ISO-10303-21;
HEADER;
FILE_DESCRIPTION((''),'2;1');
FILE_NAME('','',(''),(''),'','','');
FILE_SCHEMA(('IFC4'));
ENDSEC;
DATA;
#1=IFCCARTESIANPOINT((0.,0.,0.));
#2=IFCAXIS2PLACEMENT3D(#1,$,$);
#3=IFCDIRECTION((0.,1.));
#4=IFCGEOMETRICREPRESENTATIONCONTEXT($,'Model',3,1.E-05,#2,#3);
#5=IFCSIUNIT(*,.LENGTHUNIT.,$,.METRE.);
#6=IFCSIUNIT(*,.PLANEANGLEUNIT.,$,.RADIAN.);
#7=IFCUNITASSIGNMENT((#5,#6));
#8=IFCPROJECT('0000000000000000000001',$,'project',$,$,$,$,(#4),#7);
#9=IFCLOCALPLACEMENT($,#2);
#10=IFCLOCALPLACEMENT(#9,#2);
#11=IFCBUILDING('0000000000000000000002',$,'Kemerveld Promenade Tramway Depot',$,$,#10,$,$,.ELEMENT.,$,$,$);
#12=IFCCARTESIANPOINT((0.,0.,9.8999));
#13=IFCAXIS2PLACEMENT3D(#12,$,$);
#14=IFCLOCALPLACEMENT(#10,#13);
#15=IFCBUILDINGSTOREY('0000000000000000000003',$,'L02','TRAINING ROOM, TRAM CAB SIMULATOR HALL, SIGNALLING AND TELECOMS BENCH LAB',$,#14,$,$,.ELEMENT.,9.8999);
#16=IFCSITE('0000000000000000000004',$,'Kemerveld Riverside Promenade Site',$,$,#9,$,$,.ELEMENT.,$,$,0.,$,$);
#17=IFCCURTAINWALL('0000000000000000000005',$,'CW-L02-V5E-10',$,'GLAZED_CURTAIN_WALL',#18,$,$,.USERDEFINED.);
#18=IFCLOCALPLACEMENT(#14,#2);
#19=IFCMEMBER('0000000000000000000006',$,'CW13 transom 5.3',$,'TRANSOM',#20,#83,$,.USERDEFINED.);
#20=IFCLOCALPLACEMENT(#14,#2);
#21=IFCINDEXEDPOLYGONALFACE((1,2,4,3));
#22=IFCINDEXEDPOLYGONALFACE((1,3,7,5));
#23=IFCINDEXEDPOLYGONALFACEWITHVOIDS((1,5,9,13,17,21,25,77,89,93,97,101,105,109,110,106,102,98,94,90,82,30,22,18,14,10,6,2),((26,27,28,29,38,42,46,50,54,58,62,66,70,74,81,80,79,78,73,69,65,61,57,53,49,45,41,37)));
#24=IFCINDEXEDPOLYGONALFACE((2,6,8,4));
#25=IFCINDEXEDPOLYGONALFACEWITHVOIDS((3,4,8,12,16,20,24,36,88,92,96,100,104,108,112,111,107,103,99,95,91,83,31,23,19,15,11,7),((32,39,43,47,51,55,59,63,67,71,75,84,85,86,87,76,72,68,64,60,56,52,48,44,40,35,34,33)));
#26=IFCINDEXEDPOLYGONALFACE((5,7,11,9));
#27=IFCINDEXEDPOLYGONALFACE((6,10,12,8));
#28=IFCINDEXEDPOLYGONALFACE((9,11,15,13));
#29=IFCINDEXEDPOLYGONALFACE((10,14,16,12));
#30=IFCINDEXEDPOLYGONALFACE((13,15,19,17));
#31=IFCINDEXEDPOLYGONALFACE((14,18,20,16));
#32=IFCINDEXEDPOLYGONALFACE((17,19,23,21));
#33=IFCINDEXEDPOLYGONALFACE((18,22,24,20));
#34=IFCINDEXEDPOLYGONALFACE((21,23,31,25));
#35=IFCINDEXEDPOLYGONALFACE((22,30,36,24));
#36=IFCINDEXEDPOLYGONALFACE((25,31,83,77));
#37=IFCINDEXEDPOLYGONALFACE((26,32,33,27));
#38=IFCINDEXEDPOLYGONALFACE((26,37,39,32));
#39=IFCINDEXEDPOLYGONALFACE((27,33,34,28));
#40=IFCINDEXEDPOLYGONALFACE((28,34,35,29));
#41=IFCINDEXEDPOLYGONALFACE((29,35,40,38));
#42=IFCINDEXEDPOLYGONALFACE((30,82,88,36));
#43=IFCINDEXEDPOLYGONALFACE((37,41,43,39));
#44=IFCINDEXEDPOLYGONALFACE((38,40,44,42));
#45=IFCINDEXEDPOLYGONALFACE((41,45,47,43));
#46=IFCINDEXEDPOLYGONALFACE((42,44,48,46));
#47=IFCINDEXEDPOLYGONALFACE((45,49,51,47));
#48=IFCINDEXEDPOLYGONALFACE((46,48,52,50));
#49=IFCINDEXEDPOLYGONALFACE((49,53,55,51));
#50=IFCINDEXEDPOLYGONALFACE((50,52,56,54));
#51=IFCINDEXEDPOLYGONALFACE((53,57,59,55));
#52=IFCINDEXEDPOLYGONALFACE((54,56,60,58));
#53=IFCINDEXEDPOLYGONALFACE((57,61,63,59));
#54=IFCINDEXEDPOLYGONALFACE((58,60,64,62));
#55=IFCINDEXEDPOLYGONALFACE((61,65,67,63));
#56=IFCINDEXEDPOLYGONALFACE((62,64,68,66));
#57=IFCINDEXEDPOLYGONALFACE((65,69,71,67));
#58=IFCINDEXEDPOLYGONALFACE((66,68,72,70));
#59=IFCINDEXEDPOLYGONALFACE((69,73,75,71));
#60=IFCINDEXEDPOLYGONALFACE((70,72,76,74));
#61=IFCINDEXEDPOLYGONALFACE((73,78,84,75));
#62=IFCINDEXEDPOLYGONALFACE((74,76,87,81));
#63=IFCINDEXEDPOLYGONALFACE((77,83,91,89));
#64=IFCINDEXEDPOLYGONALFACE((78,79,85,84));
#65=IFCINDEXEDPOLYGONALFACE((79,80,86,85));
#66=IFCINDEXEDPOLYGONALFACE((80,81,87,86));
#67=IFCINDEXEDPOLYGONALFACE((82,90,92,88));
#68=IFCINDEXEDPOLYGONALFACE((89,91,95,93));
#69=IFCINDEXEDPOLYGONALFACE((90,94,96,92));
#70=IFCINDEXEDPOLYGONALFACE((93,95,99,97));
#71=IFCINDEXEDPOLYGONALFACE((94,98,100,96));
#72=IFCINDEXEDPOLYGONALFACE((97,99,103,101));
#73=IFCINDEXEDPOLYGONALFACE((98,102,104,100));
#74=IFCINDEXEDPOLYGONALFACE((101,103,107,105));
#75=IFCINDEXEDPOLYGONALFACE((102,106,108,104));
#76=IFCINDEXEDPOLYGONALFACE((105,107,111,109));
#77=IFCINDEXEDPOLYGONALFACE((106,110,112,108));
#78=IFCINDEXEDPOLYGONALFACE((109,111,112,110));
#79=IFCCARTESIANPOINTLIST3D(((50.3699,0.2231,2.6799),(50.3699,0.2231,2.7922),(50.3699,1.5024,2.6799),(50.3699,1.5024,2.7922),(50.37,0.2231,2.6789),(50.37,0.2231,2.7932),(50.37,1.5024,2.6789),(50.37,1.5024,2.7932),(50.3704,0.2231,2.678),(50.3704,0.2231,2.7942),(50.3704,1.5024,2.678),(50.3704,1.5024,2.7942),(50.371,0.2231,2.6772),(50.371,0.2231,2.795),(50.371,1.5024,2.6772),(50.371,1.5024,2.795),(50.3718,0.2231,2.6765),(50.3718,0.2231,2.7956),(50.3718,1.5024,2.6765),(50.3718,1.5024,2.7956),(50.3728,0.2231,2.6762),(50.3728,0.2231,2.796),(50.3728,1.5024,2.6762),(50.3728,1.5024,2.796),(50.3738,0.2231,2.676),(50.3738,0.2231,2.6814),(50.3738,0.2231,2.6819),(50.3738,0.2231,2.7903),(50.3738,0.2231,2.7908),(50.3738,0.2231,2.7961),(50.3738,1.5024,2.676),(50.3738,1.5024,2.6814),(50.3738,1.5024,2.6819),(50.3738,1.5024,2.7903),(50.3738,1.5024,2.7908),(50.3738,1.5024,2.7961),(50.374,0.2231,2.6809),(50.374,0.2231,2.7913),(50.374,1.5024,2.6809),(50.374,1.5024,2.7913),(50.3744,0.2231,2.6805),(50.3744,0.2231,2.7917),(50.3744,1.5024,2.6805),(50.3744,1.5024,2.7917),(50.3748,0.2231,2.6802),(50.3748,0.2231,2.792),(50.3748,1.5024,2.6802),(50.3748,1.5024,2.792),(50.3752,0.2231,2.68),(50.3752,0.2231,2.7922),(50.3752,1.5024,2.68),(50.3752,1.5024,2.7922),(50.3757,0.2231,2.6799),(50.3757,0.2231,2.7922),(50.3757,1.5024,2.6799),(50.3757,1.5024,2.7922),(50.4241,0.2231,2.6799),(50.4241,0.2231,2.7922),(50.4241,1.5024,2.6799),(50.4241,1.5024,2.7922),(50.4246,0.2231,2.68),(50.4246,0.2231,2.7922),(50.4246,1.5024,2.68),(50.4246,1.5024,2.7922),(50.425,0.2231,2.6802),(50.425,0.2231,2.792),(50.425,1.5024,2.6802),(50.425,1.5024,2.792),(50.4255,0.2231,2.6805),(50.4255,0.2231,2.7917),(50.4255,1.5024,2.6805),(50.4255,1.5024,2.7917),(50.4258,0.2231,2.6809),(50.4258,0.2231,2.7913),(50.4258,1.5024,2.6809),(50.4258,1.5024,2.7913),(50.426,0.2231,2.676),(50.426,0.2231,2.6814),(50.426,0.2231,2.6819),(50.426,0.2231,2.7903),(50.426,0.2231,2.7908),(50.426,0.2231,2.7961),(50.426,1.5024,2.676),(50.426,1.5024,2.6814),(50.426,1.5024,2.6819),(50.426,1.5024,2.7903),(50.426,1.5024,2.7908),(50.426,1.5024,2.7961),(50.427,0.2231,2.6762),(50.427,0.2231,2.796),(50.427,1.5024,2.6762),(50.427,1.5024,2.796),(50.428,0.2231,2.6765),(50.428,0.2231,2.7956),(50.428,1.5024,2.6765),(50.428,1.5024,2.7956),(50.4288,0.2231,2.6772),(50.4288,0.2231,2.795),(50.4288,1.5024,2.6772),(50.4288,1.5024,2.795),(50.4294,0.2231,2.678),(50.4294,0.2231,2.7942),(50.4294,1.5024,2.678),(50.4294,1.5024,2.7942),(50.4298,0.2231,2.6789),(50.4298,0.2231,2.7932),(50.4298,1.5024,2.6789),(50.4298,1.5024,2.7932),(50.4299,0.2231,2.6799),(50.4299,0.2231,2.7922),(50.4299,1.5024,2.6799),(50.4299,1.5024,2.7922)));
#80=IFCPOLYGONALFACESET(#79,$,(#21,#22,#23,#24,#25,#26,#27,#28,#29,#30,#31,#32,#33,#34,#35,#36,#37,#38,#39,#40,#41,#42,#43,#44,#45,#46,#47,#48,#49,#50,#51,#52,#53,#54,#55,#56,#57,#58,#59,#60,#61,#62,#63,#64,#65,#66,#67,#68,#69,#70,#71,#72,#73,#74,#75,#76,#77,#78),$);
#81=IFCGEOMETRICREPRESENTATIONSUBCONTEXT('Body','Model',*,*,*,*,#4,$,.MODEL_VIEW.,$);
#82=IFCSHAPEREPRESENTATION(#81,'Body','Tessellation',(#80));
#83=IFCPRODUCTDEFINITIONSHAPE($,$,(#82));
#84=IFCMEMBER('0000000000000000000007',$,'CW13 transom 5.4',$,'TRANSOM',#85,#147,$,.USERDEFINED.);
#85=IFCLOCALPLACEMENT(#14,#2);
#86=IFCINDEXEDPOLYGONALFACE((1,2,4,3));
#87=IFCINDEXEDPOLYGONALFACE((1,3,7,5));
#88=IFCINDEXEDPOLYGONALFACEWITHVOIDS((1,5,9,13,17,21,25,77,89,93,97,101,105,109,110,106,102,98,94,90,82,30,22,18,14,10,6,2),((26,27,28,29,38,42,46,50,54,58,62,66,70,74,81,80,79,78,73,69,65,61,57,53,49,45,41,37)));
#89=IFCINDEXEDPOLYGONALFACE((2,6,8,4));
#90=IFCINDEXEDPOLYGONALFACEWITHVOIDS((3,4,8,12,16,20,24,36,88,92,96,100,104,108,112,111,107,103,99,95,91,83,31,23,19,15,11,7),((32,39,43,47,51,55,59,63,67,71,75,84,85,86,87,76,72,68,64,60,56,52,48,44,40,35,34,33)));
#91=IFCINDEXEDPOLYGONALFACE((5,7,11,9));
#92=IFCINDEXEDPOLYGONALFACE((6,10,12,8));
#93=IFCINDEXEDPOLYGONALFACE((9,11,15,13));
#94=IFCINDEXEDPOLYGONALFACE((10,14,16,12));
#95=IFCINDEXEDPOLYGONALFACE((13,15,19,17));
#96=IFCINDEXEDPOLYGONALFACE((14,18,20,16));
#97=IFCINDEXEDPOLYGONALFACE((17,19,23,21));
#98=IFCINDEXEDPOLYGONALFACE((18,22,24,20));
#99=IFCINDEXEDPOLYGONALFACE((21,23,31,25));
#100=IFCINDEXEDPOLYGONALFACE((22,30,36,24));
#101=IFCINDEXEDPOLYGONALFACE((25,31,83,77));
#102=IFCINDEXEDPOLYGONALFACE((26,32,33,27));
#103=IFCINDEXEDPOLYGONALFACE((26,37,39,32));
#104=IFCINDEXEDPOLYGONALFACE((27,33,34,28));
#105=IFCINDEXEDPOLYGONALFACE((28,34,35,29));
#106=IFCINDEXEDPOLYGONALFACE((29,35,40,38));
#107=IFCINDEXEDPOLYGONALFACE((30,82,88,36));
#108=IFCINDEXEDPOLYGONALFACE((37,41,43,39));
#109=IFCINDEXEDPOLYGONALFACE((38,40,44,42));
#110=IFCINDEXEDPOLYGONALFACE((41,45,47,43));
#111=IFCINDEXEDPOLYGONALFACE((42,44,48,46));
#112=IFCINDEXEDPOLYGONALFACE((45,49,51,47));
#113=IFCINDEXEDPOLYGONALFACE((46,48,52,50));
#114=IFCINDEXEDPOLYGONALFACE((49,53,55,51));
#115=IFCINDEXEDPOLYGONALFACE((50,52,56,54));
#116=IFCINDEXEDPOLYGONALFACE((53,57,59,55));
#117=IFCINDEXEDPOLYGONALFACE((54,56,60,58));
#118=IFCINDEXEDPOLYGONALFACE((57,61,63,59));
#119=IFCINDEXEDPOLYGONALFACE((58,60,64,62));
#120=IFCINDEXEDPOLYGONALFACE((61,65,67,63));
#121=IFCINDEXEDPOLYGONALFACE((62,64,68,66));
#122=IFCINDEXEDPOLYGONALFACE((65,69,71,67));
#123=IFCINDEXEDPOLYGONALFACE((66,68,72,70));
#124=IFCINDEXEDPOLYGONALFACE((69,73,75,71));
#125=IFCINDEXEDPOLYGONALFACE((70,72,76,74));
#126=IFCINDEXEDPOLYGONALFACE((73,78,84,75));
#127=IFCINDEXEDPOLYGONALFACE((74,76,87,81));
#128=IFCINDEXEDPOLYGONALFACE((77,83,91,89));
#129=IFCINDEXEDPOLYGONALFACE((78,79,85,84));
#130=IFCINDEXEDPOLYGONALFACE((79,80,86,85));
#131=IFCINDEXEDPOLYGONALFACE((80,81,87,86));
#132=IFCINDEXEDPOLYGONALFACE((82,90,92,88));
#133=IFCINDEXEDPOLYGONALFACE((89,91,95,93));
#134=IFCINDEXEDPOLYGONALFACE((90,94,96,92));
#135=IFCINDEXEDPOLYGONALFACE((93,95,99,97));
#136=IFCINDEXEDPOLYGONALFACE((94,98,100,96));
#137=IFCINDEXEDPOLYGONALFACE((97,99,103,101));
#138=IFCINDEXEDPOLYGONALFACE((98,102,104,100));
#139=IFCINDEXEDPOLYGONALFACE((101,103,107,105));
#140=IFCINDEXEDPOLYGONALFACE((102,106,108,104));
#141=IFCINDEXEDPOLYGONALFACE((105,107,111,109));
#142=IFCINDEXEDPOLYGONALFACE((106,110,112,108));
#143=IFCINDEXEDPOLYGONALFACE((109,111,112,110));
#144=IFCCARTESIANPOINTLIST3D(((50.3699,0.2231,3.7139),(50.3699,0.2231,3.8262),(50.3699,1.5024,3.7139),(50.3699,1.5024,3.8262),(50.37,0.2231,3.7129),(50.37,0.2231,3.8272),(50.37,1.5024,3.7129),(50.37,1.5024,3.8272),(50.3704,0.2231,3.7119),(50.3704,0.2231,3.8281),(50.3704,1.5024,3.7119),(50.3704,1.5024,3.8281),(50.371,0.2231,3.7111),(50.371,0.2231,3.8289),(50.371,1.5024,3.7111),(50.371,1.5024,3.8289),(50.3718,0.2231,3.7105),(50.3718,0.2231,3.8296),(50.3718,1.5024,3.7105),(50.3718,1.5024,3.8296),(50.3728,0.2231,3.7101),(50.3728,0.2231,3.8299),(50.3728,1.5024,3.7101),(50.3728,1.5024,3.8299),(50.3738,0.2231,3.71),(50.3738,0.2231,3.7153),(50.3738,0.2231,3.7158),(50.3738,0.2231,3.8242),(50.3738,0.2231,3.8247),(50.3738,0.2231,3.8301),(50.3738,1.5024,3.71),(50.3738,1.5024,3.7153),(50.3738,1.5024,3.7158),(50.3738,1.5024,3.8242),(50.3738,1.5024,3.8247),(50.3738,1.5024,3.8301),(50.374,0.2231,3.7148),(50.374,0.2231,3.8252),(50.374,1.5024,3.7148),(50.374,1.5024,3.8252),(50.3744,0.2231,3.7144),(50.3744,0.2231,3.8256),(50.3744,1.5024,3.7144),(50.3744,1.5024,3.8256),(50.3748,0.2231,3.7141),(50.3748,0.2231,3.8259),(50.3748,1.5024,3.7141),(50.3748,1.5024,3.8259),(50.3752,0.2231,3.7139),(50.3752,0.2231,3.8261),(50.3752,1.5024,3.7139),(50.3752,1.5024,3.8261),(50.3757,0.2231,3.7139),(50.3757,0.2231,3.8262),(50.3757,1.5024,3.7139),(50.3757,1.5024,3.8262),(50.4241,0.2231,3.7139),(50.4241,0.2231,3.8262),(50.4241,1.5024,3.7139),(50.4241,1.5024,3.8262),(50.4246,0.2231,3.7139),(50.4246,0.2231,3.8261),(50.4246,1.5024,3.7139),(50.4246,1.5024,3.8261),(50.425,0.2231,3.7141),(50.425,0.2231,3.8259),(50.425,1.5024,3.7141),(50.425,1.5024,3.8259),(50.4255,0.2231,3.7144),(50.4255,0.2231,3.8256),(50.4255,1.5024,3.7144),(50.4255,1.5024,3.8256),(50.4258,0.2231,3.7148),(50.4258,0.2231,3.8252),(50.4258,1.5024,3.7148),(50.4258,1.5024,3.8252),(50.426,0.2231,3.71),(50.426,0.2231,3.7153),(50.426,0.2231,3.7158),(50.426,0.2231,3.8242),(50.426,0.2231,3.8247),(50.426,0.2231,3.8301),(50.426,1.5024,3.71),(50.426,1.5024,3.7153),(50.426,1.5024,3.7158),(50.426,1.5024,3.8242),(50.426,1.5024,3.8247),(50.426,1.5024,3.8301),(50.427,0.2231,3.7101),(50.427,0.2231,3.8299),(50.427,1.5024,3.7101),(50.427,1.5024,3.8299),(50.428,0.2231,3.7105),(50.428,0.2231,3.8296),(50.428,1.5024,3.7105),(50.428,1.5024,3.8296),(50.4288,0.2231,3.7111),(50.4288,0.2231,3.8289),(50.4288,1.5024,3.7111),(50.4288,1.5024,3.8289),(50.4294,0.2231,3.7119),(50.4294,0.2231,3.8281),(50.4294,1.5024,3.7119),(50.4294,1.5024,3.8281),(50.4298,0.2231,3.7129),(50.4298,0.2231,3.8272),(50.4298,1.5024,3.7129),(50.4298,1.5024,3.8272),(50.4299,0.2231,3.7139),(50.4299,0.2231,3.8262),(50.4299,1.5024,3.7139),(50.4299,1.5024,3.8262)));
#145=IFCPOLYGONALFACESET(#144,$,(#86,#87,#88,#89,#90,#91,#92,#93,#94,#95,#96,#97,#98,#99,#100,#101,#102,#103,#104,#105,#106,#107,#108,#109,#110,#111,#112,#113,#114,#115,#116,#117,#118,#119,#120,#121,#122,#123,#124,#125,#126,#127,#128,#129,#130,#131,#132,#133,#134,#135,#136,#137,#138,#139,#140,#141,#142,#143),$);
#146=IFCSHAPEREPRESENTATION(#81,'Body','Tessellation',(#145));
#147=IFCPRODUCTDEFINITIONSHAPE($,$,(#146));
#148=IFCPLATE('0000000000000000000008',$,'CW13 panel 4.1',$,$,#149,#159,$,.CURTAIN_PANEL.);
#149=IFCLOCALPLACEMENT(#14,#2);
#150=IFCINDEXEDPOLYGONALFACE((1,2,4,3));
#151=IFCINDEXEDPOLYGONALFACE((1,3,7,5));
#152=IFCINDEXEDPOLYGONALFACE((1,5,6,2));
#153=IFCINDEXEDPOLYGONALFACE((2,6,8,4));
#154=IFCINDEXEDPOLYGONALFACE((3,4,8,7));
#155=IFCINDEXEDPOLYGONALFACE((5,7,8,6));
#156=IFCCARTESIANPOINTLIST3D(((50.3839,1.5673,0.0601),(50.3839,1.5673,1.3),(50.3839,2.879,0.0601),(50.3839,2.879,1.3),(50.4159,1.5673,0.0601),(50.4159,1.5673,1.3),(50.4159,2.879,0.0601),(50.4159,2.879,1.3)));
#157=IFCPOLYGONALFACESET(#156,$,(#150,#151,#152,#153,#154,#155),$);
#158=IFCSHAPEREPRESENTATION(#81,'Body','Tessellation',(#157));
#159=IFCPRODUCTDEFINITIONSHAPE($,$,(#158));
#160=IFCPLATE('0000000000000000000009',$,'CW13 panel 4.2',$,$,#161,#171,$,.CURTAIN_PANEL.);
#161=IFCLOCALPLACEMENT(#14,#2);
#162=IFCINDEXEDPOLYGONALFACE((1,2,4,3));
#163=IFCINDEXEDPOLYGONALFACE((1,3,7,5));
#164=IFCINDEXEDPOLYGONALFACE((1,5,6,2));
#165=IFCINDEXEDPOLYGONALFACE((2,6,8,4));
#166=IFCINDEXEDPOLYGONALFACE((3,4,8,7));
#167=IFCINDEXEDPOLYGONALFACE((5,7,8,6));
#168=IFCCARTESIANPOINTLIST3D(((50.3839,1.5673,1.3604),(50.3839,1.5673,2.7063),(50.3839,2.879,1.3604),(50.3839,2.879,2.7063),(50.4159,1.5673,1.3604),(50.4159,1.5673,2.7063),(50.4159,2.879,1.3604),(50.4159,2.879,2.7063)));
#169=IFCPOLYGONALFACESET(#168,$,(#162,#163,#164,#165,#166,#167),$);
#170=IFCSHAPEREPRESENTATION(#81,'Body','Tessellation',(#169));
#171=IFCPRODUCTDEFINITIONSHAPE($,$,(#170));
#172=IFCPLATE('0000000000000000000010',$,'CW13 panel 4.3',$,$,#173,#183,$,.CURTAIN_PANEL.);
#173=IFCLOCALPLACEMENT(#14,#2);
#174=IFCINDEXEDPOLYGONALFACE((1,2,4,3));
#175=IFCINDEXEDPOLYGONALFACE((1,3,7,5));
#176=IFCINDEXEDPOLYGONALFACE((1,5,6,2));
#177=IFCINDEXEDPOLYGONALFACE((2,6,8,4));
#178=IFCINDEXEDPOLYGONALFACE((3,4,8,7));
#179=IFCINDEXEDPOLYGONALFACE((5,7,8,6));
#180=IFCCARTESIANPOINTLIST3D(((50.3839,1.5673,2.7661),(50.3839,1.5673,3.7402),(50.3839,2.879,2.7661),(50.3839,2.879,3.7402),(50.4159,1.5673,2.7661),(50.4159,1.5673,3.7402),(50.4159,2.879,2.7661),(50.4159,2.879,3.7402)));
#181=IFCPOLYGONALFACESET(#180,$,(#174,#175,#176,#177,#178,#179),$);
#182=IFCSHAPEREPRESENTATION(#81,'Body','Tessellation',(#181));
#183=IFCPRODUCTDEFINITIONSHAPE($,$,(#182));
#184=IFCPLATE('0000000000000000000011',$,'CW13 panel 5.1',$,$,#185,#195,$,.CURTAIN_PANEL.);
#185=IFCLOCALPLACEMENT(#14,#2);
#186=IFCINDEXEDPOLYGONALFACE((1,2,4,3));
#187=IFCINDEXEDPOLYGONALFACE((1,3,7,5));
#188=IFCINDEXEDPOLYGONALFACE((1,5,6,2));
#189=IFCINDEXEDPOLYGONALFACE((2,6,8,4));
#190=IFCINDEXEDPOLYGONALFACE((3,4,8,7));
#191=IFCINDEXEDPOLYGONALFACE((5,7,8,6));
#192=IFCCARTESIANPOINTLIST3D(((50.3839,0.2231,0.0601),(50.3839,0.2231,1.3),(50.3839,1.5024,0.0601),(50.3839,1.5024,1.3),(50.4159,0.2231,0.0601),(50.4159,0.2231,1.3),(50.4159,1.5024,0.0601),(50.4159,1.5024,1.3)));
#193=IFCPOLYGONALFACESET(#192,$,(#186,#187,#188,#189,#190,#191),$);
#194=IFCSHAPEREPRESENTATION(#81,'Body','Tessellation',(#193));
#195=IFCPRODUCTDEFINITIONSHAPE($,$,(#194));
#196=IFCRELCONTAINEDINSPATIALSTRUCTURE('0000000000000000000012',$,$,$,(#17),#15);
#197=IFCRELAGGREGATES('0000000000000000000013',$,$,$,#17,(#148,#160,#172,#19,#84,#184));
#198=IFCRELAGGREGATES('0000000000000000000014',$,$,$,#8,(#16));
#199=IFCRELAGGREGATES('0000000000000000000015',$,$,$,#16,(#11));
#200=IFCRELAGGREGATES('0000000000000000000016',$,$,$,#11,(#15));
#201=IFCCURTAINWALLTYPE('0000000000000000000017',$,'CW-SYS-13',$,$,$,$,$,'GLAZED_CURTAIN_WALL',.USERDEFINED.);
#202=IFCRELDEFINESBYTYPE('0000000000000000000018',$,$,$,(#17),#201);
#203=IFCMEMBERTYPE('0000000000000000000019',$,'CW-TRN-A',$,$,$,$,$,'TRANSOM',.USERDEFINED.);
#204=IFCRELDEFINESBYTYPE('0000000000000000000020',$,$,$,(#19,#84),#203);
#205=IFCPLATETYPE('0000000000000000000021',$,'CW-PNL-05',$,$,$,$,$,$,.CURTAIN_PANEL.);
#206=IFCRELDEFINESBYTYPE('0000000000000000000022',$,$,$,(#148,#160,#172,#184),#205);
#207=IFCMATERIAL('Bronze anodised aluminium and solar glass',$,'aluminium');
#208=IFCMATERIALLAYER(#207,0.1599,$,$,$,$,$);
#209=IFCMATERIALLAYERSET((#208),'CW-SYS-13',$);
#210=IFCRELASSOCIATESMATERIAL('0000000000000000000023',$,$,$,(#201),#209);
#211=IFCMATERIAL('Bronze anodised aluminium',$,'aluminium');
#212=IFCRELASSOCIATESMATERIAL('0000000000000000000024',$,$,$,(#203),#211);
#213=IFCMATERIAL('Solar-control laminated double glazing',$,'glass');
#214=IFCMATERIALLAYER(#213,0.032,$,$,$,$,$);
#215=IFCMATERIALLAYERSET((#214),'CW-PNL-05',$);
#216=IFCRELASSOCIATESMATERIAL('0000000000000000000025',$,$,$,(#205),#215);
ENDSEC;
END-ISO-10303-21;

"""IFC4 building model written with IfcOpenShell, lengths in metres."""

from ifc_helpers import new_model, si_unit, direction, frame, origin, origin_2d, place, context, subcontext, project, spatial, rectangle, hollow_rectangle, extrude, material, layer, layer_set, material_profile, profile_set, type_object, element, aggregate, save


model = new_model("IFC4")

# Units and contexts
model_context = context("Model", 3, precision=1e-05, world=origin(), true_north=direction((0.0, 1.0)))
body_context = subcontext(model_context, "Body", "Model", "MODEL_VIEW")
ifc_project = project(units=[si_unit("LENGTHUNIT", "METRE"), si_unit("PLANEANGLEUNIT", "RADIAN")], contexts=[model_context])

# Site, building, storey
site_placement = place(None, origin())
site = spatial("IfcSite", under=ifc_project, at=site_placement, Name="Kemerveld Riverside Promenade Site", CompositionType="ELEMENT", RefElevation=0.0)
building_placement = place(site_placement, origin())
building = spatial("IfcBuilding", under=site, at=building_placement, Name="Kemerveld Promenade Tramway Depot", CompositionType="ELEMENT")
storey_placement = place(building_placement, frame((0.0, 0.0, 9.8999)))
storey = spatial("IfcBuildingStorey", under=building, at=storey_placement, Name="L02", Description="TRAINING ROOM, TRAM CAB SIMULATOR HALL, SIGNALLING AND TELECOMS BENCH LAB", CompositionType="ELEMENT", Elevation=9.8999)

# Curtain wall, members, plates
ifc_material_1 = material(Name="Bronze anodised aluminium and solar glass", Category="aluminium")
ifc_layer_1 = layer(ifc_material_1, 0.1599)
ifc_layer_set_1 = layer_set([ifc_layer_1], Name="CW-SYS-13")
curtain_wall_type = type_object("IfcCurtainWallType", Name="CW-SYS-13", ElementType="GLAZED_CURTAIN_WALL", PredefinedType="USERDEFINED", material=ifc_layer_set_1)
curtain_wall_placement = place(storey_placement, origin())
curtain_wall = element("IfcCurtainWall", 1, at=curtain_wall_placement, inside=storey, type_object=curtain_wall_type, Name="CW-L02-V5E-10", ObjectType="GLAZED_CURTAIN_WALL", PredefinedType="USERDEFINED")
ifc_material_2 = material(Name="Bronze anodised aluminium", Category="aluminium")
ifc_material_profile_1 = material_profile(ifc_material_2, hollow_rectangle(XDim=0.0601, YDim=0.1201, WallThickness=0.0039, InnerFilletRadius=0.002, OuterFilletRadius=0.0039, at=origin_2d()), Name="CW-TRN-120x60")
ifc_profile_set_1 = profile_set([ifc_material_profile_1], Name="Bronze anodised aluminium")
member_type_1 = type_object("IfcMemberType", Name="CW-TRN-A", ElementType="TRANSOM", PredefinedType="USERDEFINED", material=ifc_profile_set_1)
member_1_placement = place(storey_placement, frame((50.3999, 1.5024, 2.7361), z_axis=(0.0, -1.0, 0.0), x_axis=(1.0, 0.0, 0.0)))
member_1 = element("IfcMember", 2, at=member_1_placement, type_object=member_type_1, Name="CW13 transom 5.3", ObjectType="TRANSOM", PredefinedType="USERDEFINED", context=body_context, shape_type="SweptSolid", body=[
    extrude(hollow_rectangle(XDim=0.0601, YDim=0.1201, WallThickness=0.0039, InnerFilletRadius=0.002, OuterFilletRadius=0.0039, at=origin_2d()), origin(), (0.0, 0.0, 1.0), 1.2793),
])
member_2_placement = place(storey_placement, frame((50.3999, 1.5024, 3.77), z_axis=(0.0, -1.0, 0.0), x_axis=(1.0, 0.0, 0.0)))
member_2 = element("IfcMember", 3, at=member_2_placement, type_object=member_type_1, Name="CW13 transom 5.4", ObjectType="TRANSOM", PredefinedType="USERDEFINED", context=body_context, shape_type="SweptSolid", body=[
    extrude(hollow_rectangle(XDim=0.0601, YDim=0.1201, WallThickness=0.0039, InnerFilletRadius=0.002, OuterFilletRadius=0.0039, at=origin_2d()), origin(), (0.0, 0.0, 1.0), 1.2793),
])
ifc_material_3 = material(Name="Solar-control laminated double glazing", Category="glass")
ifc_layer_2 = layer(ifc_material_3, 0.032)
ifc_layer_set_2 = layer_set([ifc_layer_2], Name="CW-PNL-05")
plate_type = type_object("IfcPlateType", Name="CW-PNL-05", PredefinedType="CURTAIN_PANEL", material=ifc_layer_set_2)
plate_1_placement = place(storey_placement, frame((50.3999, 2.2231, 0.0601), z_axis=(0.0, 0.0, 1.0), x_axis=(0.0, -1.0, 0.0)))
plate_1 = element("IfcPlate", 4, at=plate_1_placement, type_object=plate_type, Name="CW13 panel 4.1", PredefinedType="CURTAIN_PANEL", context=body_context, shape_type="SweptSolid", body=[
    extrude(rectangle(XDim=1.3118, YDim=0.032, at=origin_2d()), origin(), (0.0, 0.0, 1.0), 1.24),
])
plate_2_placement = place(storey_placement, frame((50.3999, 2.2231, 1.3604), z_axis=(0.0, 0.0, 1.0), x_axis=(0.0, -1.0, 0.0)))
plate_2 = element("IfcPlate", 5, at=plate_2_placement, type_object=plate_type, Name="CW13 panel 4.2", PredefinedType="CURTAIN_PANEL", context=body_context, shape_type="SweptSolid", body=[
    extrude(rectangle(XDim=1.3118, YDim=0.032, at=origin_2d()), origin(), (0.0, 0.0, 1.0), 1.3459),
])
plate_3_placement = place(storey_placement, frame((50.3999, 2.2231, 2.7661), z_axis=(0.0, 0.0, 1.0), x_axis=(0.0, -1.0, 0.0)))
plate_3 = element("IfcPlate", 6, at=plate_3_placement, type_object=plate_type, Name="CW13 panel 4.3", PredefinedType="CURTAIN_PANEL", context=body_context, shape_type="SweptSolid", body=[
    extrude(rectangle(XDim=1.3118, YDim=0.032, at=origin_2d()), origin(), (0.0, 0.0, 1.0), 0.9741),
])
plate_4_placement = place(storey_placement, frame((50.3999, 0.8628, 0.0601), z_axis=(0.0, 0.0, 1.0), x_axis=(0.0, -1.0, 0.0)))
plate_4 = element("IfcPlate", 7, at=plate_4_placement, type_object=plate_type, Name="CW13 panel 5.1", PredefinedType="CURTAIN_PANEL", context=body_context, shape_type="SweptSolid", body=[
    extrude(rectangle(XDim=1.2793, YDim=0.032, at=origin_2d()), origin(), (0.0, 0.0, 1.0), 1.24),
])
aggregate(curtain_wall, [plate_1, plate_2, plate_3, member_1, member_2, plate_4])

save(model, "model.ifc")
